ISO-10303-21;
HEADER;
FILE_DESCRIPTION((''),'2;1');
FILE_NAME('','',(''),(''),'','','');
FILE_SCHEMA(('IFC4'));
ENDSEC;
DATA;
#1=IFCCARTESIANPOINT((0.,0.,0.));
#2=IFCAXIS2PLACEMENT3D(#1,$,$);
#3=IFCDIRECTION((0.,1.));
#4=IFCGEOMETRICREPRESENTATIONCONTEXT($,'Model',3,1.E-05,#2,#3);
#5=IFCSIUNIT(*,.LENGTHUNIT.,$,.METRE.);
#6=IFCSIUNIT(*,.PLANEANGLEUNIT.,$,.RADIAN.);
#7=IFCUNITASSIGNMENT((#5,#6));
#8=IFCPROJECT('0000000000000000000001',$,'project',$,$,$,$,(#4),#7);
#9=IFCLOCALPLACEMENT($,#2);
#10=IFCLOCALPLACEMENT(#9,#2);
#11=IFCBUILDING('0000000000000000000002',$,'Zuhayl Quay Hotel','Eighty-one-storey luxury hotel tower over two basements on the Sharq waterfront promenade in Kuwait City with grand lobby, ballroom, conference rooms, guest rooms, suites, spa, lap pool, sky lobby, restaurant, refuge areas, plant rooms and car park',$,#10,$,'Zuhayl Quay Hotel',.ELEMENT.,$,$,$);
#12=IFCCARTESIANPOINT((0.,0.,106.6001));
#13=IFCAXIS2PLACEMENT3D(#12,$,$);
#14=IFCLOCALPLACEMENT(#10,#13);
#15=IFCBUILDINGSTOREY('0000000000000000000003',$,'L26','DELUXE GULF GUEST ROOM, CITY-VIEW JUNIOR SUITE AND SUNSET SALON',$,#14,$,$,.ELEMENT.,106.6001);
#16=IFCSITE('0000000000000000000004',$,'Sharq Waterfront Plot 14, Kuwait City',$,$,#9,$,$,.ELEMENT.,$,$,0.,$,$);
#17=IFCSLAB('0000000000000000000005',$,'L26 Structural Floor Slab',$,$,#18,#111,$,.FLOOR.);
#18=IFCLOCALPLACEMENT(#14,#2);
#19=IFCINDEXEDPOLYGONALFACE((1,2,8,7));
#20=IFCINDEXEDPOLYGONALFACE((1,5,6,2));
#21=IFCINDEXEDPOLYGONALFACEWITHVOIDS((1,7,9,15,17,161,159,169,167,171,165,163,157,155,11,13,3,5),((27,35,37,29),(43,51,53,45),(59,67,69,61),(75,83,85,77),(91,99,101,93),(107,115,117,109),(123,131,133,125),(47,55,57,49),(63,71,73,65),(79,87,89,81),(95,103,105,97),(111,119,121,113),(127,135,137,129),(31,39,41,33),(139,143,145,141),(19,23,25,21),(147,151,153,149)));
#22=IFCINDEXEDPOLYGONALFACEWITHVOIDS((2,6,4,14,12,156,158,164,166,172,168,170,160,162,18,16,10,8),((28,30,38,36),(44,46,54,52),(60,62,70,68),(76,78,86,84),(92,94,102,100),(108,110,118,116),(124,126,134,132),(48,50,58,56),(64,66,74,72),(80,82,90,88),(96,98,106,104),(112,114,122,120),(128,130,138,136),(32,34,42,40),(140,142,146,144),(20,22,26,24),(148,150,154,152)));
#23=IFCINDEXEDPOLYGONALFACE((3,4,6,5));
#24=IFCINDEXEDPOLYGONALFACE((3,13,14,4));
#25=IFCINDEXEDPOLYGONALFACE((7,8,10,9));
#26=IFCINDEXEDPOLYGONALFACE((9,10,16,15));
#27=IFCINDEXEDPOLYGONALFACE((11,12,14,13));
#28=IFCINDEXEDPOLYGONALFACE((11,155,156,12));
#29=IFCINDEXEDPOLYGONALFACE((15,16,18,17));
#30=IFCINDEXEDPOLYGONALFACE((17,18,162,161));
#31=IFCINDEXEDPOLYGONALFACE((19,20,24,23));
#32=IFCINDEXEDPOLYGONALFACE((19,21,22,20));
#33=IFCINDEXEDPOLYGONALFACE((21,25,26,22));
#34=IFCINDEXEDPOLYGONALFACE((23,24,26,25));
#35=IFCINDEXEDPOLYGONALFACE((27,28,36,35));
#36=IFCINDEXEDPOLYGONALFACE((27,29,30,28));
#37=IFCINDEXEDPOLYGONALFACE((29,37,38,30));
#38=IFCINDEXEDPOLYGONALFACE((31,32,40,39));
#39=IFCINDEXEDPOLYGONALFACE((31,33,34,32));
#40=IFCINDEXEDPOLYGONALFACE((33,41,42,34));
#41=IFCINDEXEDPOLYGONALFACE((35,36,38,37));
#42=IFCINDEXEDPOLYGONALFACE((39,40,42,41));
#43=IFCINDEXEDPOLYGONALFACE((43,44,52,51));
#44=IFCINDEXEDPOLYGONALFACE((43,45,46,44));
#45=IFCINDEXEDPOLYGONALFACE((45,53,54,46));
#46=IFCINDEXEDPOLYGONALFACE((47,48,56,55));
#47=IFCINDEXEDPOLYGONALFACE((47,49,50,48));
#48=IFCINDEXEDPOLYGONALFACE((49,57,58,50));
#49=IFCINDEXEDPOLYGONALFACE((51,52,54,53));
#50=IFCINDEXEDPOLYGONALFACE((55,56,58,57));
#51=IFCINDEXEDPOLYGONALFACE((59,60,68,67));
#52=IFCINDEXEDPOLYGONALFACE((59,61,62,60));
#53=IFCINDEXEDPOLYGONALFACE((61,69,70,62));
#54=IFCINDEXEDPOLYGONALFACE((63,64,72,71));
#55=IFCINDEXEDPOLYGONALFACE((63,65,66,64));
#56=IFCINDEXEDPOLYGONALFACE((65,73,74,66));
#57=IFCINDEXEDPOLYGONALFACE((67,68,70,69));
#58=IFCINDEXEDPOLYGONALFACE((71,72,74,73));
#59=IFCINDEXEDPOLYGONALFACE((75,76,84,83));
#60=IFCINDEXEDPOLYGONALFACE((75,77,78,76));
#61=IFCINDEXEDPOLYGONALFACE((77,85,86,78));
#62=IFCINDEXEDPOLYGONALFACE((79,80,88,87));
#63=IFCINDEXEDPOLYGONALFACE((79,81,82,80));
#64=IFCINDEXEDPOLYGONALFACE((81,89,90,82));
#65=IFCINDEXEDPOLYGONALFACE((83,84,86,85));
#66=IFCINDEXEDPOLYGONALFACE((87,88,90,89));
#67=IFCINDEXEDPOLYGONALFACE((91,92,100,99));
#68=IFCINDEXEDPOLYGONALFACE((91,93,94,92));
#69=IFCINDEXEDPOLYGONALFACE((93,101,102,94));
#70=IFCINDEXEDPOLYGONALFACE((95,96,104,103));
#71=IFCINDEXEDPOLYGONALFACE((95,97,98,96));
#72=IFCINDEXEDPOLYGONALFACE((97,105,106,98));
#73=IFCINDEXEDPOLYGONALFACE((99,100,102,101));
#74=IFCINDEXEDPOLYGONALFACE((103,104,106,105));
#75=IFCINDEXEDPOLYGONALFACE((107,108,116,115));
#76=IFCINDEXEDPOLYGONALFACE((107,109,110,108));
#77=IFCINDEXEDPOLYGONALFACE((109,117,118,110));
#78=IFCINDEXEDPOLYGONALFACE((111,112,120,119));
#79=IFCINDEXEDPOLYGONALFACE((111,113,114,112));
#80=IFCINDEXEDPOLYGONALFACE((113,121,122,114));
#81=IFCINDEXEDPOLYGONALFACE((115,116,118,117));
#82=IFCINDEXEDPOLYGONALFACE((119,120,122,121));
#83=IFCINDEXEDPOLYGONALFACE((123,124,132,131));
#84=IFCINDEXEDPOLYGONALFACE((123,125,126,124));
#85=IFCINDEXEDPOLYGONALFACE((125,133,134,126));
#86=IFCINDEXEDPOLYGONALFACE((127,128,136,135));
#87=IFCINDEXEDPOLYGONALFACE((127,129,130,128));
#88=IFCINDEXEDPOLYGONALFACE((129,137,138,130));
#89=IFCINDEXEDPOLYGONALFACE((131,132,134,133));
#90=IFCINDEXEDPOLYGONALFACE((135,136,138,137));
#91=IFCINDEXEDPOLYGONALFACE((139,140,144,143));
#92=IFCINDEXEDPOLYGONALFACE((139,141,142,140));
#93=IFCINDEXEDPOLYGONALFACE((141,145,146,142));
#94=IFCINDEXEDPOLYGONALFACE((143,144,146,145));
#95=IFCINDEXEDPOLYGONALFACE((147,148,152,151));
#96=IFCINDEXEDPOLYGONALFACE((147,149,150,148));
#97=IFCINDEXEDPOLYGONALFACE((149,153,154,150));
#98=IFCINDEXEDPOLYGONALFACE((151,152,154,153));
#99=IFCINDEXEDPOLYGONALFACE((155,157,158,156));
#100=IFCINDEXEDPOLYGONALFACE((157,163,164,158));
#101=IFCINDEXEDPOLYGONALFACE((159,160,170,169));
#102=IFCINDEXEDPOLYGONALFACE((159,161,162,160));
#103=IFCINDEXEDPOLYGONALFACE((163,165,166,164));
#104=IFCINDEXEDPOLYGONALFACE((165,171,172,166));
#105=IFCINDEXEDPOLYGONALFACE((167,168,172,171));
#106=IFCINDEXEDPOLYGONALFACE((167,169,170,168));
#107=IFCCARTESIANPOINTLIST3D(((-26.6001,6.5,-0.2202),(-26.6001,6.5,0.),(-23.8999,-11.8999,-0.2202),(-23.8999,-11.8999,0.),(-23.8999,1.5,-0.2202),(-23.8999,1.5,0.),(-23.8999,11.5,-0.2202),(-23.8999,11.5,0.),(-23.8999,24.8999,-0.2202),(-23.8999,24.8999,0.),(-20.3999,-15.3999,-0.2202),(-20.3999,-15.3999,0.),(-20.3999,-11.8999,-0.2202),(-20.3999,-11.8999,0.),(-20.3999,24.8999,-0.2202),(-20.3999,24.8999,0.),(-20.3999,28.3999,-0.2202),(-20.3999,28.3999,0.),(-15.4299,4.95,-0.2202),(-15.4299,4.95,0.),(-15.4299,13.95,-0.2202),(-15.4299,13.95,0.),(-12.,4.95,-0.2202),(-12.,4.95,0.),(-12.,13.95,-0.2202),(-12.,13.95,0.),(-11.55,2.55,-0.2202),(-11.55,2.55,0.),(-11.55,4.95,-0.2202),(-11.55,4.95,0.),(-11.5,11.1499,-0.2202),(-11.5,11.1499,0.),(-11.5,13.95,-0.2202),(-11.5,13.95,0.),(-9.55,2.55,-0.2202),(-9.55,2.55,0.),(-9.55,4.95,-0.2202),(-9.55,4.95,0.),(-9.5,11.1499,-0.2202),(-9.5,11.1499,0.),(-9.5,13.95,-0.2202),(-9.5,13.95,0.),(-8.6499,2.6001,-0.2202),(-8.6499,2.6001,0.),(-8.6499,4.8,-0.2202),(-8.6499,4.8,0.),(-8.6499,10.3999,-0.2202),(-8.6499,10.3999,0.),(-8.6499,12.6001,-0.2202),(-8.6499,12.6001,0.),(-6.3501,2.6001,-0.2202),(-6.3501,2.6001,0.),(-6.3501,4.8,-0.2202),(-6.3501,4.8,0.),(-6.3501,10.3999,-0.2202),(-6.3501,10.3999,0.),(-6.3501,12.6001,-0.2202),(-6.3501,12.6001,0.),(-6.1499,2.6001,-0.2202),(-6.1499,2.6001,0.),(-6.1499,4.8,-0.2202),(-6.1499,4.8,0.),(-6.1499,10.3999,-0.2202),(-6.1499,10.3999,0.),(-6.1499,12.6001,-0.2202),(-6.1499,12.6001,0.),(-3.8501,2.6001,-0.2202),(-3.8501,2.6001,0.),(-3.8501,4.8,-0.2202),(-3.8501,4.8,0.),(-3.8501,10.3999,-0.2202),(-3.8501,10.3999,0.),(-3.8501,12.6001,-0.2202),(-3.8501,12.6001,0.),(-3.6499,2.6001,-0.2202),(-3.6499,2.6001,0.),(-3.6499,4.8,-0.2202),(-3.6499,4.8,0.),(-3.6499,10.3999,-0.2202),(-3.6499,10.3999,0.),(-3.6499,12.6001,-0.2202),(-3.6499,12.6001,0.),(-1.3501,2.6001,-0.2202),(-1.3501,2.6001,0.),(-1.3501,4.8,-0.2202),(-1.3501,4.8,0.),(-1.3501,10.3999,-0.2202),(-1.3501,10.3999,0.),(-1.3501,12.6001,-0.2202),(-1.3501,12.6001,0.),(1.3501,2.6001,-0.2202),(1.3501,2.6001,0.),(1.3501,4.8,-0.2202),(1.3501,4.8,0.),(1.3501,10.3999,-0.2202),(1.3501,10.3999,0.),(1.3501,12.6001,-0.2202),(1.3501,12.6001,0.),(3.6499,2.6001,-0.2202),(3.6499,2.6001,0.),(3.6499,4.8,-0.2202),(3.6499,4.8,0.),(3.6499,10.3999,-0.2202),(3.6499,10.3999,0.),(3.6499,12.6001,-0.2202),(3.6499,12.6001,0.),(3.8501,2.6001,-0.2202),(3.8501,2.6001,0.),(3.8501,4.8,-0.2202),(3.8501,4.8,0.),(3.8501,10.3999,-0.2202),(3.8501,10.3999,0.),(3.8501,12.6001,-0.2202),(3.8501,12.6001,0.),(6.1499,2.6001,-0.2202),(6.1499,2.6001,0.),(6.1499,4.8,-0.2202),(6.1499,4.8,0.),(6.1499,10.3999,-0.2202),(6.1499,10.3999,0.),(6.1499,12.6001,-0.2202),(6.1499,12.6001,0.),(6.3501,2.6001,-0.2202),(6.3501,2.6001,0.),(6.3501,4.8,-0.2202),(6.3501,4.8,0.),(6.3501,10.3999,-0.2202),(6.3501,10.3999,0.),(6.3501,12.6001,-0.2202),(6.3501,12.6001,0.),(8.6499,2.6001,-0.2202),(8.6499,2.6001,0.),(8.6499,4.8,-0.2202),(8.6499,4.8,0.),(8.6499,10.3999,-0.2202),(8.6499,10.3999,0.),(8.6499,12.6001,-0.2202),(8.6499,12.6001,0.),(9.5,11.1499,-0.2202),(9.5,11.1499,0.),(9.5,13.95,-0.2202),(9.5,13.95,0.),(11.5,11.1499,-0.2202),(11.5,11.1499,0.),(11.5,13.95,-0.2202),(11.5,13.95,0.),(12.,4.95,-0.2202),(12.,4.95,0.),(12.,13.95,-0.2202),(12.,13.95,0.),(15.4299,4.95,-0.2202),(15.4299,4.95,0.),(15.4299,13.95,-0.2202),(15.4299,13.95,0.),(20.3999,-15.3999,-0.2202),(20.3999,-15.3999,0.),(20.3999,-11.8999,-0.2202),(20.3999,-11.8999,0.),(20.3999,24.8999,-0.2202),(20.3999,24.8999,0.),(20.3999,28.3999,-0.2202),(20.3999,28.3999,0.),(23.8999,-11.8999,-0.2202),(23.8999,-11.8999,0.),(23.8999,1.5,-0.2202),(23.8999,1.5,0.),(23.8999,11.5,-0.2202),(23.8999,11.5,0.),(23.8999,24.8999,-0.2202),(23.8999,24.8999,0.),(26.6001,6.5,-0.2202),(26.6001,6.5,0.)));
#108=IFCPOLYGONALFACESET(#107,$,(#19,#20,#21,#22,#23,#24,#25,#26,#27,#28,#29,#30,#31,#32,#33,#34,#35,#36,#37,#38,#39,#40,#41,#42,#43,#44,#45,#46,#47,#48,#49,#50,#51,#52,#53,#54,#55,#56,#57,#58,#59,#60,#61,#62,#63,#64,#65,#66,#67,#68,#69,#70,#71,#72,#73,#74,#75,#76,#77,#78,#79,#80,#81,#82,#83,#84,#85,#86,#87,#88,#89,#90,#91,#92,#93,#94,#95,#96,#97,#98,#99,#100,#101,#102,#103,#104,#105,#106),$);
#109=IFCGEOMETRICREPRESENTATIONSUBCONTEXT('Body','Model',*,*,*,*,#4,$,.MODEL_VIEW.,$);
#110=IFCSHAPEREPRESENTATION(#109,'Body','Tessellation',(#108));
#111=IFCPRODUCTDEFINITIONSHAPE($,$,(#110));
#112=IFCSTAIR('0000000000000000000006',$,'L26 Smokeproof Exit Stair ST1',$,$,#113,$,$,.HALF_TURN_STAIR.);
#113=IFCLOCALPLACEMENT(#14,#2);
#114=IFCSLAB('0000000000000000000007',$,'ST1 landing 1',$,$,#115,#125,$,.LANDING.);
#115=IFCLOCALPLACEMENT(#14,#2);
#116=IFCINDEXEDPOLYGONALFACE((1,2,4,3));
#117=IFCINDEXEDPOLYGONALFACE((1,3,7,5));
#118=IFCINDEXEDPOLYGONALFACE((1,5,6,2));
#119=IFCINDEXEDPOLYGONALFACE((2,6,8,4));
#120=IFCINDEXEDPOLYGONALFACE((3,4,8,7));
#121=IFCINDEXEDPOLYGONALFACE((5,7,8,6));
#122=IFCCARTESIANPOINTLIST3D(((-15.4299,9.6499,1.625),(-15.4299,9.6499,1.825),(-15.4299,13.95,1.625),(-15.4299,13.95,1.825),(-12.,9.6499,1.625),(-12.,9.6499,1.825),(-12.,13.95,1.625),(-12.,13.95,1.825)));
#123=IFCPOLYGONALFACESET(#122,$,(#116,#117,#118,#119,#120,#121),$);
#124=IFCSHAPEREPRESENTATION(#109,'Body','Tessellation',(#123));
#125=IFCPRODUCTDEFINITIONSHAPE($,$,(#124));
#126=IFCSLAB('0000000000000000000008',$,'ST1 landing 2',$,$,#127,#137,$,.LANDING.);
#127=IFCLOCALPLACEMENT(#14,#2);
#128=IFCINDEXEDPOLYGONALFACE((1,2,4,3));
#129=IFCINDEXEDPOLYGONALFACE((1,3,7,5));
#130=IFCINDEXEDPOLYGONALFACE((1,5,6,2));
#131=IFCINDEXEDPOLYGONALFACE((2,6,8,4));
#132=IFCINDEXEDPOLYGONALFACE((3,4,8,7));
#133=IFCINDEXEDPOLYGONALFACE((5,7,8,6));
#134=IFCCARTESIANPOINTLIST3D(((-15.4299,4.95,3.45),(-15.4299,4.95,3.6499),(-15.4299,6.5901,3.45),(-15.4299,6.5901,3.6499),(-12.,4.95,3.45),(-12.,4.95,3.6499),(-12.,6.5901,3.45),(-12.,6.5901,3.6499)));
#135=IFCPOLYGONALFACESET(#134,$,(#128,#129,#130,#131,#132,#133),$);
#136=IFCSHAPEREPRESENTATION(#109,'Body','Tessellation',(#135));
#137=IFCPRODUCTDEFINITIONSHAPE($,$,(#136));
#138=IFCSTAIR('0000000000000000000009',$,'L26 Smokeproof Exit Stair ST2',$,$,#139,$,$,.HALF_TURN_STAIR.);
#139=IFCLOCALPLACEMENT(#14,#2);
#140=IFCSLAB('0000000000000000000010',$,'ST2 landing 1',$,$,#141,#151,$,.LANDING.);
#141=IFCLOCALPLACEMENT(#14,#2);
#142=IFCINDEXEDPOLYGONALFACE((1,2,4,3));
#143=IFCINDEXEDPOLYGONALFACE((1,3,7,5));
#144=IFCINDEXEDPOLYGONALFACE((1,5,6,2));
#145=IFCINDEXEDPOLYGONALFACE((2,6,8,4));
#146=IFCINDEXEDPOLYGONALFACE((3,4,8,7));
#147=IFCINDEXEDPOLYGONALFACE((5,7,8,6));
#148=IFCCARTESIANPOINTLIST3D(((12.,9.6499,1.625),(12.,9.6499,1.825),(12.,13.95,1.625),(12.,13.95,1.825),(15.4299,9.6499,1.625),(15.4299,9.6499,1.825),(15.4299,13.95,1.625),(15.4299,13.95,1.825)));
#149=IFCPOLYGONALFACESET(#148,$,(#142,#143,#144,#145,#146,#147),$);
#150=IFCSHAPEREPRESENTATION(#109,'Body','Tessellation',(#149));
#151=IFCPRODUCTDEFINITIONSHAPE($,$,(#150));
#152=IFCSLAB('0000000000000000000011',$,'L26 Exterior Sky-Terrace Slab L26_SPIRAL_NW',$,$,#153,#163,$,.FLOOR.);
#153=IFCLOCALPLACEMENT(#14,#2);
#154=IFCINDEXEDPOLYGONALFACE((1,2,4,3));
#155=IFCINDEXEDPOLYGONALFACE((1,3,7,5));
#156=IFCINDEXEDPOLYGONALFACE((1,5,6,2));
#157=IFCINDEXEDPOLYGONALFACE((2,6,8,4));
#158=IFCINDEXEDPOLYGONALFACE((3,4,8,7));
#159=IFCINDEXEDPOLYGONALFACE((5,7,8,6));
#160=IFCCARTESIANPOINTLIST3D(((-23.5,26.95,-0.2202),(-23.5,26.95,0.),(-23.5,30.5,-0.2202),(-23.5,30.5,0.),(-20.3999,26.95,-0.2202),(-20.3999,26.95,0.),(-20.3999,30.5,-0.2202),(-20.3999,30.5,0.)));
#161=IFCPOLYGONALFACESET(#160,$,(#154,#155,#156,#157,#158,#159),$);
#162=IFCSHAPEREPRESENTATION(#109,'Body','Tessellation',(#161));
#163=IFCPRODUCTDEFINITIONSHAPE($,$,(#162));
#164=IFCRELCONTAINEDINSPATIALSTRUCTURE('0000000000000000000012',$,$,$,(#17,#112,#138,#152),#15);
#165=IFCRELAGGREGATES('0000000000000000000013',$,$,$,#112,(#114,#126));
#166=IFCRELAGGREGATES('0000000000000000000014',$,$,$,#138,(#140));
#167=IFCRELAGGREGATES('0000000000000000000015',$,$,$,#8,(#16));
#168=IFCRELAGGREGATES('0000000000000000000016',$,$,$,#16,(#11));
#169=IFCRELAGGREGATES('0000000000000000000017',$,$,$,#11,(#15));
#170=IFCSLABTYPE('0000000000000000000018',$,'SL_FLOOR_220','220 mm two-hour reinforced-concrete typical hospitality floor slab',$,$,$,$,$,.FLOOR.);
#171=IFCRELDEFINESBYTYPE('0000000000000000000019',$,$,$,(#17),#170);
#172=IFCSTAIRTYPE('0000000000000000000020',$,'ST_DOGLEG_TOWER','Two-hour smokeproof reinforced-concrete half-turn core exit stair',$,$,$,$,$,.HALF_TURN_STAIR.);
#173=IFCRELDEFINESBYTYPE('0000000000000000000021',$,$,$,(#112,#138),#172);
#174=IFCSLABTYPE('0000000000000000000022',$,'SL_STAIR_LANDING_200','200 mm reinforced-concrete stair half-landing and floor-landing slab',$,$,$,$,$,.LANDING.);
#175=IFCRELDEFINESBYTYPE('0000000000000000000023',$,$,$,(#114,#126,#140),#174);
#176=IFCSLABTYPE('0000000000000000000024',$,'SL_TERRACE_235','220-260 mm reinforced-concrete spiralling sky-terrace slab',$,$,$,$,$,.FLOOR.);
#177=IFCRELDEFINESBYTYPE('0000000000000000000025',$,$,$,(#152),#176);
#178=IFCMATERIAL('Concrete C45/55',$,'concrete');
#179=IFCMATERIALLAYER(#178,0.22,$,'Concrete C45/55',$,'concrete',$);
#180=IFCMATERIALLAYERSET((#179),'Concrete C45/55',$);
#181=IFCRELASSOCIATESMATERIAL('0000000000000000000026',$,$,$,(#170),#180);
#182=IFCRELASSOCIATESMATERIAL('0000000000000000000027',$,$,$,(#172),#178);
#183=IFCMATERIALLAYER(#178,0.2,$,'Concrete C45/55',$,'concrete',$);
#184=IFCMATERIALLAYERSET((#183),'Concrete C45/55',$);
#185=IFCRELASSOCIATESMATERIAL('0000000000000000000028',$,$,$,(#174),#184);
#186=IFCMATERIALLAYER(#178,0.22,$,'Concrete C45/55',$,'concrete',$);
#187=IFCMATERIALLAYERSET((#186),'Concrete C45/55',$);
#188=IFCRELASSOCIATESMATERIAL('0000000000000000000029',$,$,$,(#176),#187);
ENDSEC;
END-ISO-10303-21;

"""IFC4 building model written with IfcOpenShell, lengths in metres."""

from ifc_helpers import new_model, si_unit, direction, frame, origin, place, context, subcontext, project, spatial, polyline, outline, extrude, material, layer, layer_set, type_object, element, aggregate, save


model = new_model("IFC4")

# Units and contexts
model_context = context("Model", 3, precision=1e-05, world=origin(), true_north=direction((0.0, 1.0)))
body_context = subcontext(model_context, "Body", "Model", "MODEL_VIEW")
ifc_project = project(units=[si_unit("LENGTHUNIT", "METRE"), si_unit("PLANEANGLEUNIT", "RADIAN")], contexts=[model_context])

# Site, building, storey
site_placement = place(None, origin())
site = spatial("IfcSite", under=ifc_project, at=site_placement, Name="Sharq Waterfront Plot 14, Kuwait City", CompositionType="ELEMENT", RefElevation=0.0)
building_placement = place(site_placement, origin())
building = spatial("IfcBuilding", under=site, at=building_placement, Name="Zuhayl Quay Hotel", Description="Eighty-one-storey luxury hotel tower over two basements on the Sharq waterfront promenade in Kuwait City with grand lobby, ballroom, conference rooms, guest rooms, suites, spa, lap pool, sky lobby, restaurant, refuge areas, plant rooms and car park", LongName="Zuhayl Quay Hotel", CompositionType="ELEMENT")
storey_placement = place(building_placement, frame((0.0, 0.0, 106.6001)))
storey = spatial("IfcBuildingStorey", under=building, at=storey_placement, Name="L26", Description="DELUXE GULF GUEST ROOM, CITY-VIEW JUNIOR SUITE AND SUNSET SALON", CompositionType="ELEMENT", Elevation=106.6001)

# Slab
ifc_material_1 = material(Name="Concrete C45/55", Category="concrete")
ifc_layer_1 = layer(ifc_material_1, 0.22, Name="Concrete C45/55", Category="concrete")
ifc_layer_set_1 = layer_set([ifc_layer_1], Name="Concrete C45/55")
slab_type_1 = type_object("IfcSlabType", Name="SL_FLOOR_220", Description="220 mm two-hour reinforced-concrete typical hospitality floor slab", PredefinedType="FLOOR", material=ifc_layer_set_1)
slab_1_placement = place(storey_placement, frame((0.0, 0.0, -0.2202)))
element("IfcSlab", 1, at=slab_1_placement, inside=storey, type_object=slab_type_1, Name="L26 Structural Floor Slab", PredefinedType="FLOOR", context=body_context, shape_type="SweptSolid", body=[
    extrude(outline(polyline([(-20.3999, -15.3999), (20.3999, -15.3999), (20.3999, -11.8999), (23.8999, -11.8999), (23.8999, 1.5), (26.6001, 6.5), (23.8999, 11.5), (23.8999, 24.8999), (20.3999, 24.8999), (20.3999, 28.3999), (-20.3999, 28.3999), (-20.3999, 24.8999), (-23.8999, 24.8999), (-23.8999, 11.5), (-26.6001, 6.5), (-23.8999, 1.5), (-23.8999, -11.8999), (-20.3999, -11.8999), (-20.3999, -15.3999)]), holes=[polyline([(-12.0, 4.95), (-12.0, 13.95), (-15.4299, 13.95), (-15.4299, 4.95), (-12.0, 4.95)]), polyline([(15.4299, 4.95), (15.4299, 13.95), (12.0, 13.95), (12.0, 4.95), (15.4299, 4.95)]), polyline([(-11.5, 11.1499), (-9.5, 11.1499), (-9.5, 13.95), (-11.5, 13.95), (-11.5, 11.1499)]), polyline([(9.5, 11.1499), (11.5, 11.1499), (11.5, 13.95), (9.5, 13.95), (9.5, 11.1499)]), polyline([(-8.6499, 2.6001), (-6.3501, 2.6001), (-6.3501, 4.8), (-8.6499, 4.8), (-8.6499, 2.6001)]), polyline([(-6.1499, 2.6001), (-3.8501, 2.6001), (-3.8501, 4.8), (-6.1499, 4.8), (-6.1499, 2.6001)]), polyline([(-8.6499, 10.3999), (-6.3501, 10.3999), (-6.3501, 12.6001), (-8.6499, 12.6001), (-8.6499, 10.3999)]), polyline([(-6.1499, 10.3999), (-3.8501, 10.3999), (-3.8501, 12.6001), (-6.1499, 12.6001), (-6.1499, 10.3999)]), polyline([(-3.6499, 2.6001), (-1.3501, 2.6001), (-1.3501, 4.8), (-3.6499, 4.8), (-3.6499, 2.6001)]), polyline([(1.3501, 2.6001), (3.6499, 2.6001), (3.6499, 4.8), (1.3501, 4.8), (1.3501, 2.6001)]), polyline([(-3.6499, 10.3999), (-1.3501, 10.3999), (-1.3501, 12.6001), (-3.6499, 12.6001), (-3.6499, 10.3999)]), polyline([(1.3501, 10.3999), (3.6499, 10.3999), (3.6499, 12.6001), (1.3501, 12.6001), (1.3501, 10.3999)]), polyline([(3.8501, 2.6001), (6.1499, 2.6001), (6.1499, 4.8), (3.8501, 4.8), (3.8501, 2.6001)]), polyline([(6.3501, 2.6001), (8.6499, 2.6001), (8.6499, 4.8), (6.3501, 4.8), (6.3501, 2.6001)]), polyline([(3.8501, 10.3999), (6.1499, 10.3999), (6.1499, 12.6001), (3.8501, 12.6001), (3.8501, 10.3999)]), polyline([(6.3501, 10.3999), (8.6499, 10.3999), (8.6499, 12.6001), (6.3501, 12.6001), (6.3501, 10.3999)]), polyline([(-11.55, 2.55), (-9.55, 2.55), (-9.55, 4.95), (-11.55, 4.95), (-11.55, 2.55)])]), origin(), (0.0, 0.0, 1.0), 0.2202),
])

# Stair, slabs
stair_type = type_object("IfcStairType", Name="ST_DOGLEG_TOWER", Description="Two-hour smokeproof reinforced-concrete half-turn core exit stair", PredefinedType="HALF_TURN_STAIR", material=ifc_material_1)
stair_1_placement = place(storey_placement, origin())
stair_1 = element("IfcStair", 2, at=stair_1_placement, inside=storey, type_object=stair_type, Name="L26 Smokeproof Exit Stair ST1", PredefinedType="HALF_TURN_STAIR")
ifc_layer_2 = layer(ifc_material_1, 0.2, Name="Concrete C45/55", Category="concrete")
ifc_layer_set_2 = layer_set([ifc_layer_2], Name="Concrete C45/55")
slab_type_2 = type_object("IfcSlabType", Name="SL_STAIR_LANDING_200", Description="200 mm reinforced-concrete stair half-landing and floor-landing slab", PredefinedType="LANDING", material=ifc_layer_set_2)
slab_2_placement = place(storey_placement, frame((0.0, 0.0, 1.625)))
slab_2 = element("IfcSlab", 3, at=slab_2_placement, type_object=slab_type_2, Name="ST1 landing 1", PredefinedType="LANDING", context=body_context, shape_type="SweptSolid", body=[
    extrude(outline(polyline([(-12.0, 9.6499), (-12.0, 13.95), (-15.4299, 13.95), (-15.4299, 9.6499), (-12.0, 9.6499)])), origin(), (0.0, 0.0, 1.0), 0.2),
])
slab_3_placement = place(storey_placement, frame((0.0, 0.0, 3.45)))
slab_3 = element("IfcSlab", 4, at=slab_3_placement, type_object=slab_type_2, Name="ST1 landing 2", PredefinedType="LANDING", context=body_context, shape_type="SweptSolid", body=[
    extrude(outline(polyline([(-12.0, 4.95), (-12.0, 6.5901), (-15.4299, 6.5901), (-15.4299, 4.95), (-12.0, 4.95)])), origin(), (0.0, 0.0, 1.0), 0.2),
])
aggregate(stair_1, [slab_2, slab_3])

# Stair, slab
stair_2_placement = place(storey_placement, origin())
stair_2 = element("IfcStair", 5, at=stair_2_placement, inside=storey, type_object=stair_type, Name="L26 Smokeproof Exit Stair ST2", PredefinedType="HALF_TURN_STAIR")
slab_4_placement = place(storey_placement, frame((0.0, 0.0, 1.625)))
slab_4 = element("IfcSlab", 6, at=slab_4_placement, type_object=slab_type_2, Name="ST2 landing 1", PredefinedType="LANDING", context=body_context, shape_type="SweptSolid", body=[
    extrude(outline(polyline([(15.4299, 9.6499), (15.4299, 13.95), (12.0, 13.95), (12.0, 9.6499), (15.4299, 9.6499)])), origin(), (0.0, 0.0, 1.0), 0.2),
])
aggregate(stair_2, [slab_4])

# Slab
ifc_layer_3 = layer(ifc_material_1, 0.22, Name="Concrete C45/55", Category="concrete")
ifc_layer_set_3 = layer_set([ifc_layer_3], Name="Concrete C45/55")
slab_type_3 = type_object("IfcSlabType", Name="SL_TERRACE_235", Description="220-260 mm reinforced-concrete spiralling sky-terrace slab", PredefinedType="FLOOR", material=ifc_layer_set_3)
slab_5_placement = place(storey_placement, frame((0.0, 0.0, -0.2202)))
element("IfcSlab", 7, at=slab_5_placement, inside=storey, type_object=slab_type_3, Name="L26 Exterior Sky-Terrace Slab L26_SPIRAL_NW", PredefinedType="FLOOR", context=body_context, shape_type="SweptSolid", body=[
    extrude(outline(polyline([(-23.5, 26.95), (-20.3999, 26.95), (-20.3999, 30.5), (-23.5, 30.5), (-23.5, 26.95)])), origin(), (0.0, 0.0, 1.0), 0.2202),
])

save(model, "model.ifc")
